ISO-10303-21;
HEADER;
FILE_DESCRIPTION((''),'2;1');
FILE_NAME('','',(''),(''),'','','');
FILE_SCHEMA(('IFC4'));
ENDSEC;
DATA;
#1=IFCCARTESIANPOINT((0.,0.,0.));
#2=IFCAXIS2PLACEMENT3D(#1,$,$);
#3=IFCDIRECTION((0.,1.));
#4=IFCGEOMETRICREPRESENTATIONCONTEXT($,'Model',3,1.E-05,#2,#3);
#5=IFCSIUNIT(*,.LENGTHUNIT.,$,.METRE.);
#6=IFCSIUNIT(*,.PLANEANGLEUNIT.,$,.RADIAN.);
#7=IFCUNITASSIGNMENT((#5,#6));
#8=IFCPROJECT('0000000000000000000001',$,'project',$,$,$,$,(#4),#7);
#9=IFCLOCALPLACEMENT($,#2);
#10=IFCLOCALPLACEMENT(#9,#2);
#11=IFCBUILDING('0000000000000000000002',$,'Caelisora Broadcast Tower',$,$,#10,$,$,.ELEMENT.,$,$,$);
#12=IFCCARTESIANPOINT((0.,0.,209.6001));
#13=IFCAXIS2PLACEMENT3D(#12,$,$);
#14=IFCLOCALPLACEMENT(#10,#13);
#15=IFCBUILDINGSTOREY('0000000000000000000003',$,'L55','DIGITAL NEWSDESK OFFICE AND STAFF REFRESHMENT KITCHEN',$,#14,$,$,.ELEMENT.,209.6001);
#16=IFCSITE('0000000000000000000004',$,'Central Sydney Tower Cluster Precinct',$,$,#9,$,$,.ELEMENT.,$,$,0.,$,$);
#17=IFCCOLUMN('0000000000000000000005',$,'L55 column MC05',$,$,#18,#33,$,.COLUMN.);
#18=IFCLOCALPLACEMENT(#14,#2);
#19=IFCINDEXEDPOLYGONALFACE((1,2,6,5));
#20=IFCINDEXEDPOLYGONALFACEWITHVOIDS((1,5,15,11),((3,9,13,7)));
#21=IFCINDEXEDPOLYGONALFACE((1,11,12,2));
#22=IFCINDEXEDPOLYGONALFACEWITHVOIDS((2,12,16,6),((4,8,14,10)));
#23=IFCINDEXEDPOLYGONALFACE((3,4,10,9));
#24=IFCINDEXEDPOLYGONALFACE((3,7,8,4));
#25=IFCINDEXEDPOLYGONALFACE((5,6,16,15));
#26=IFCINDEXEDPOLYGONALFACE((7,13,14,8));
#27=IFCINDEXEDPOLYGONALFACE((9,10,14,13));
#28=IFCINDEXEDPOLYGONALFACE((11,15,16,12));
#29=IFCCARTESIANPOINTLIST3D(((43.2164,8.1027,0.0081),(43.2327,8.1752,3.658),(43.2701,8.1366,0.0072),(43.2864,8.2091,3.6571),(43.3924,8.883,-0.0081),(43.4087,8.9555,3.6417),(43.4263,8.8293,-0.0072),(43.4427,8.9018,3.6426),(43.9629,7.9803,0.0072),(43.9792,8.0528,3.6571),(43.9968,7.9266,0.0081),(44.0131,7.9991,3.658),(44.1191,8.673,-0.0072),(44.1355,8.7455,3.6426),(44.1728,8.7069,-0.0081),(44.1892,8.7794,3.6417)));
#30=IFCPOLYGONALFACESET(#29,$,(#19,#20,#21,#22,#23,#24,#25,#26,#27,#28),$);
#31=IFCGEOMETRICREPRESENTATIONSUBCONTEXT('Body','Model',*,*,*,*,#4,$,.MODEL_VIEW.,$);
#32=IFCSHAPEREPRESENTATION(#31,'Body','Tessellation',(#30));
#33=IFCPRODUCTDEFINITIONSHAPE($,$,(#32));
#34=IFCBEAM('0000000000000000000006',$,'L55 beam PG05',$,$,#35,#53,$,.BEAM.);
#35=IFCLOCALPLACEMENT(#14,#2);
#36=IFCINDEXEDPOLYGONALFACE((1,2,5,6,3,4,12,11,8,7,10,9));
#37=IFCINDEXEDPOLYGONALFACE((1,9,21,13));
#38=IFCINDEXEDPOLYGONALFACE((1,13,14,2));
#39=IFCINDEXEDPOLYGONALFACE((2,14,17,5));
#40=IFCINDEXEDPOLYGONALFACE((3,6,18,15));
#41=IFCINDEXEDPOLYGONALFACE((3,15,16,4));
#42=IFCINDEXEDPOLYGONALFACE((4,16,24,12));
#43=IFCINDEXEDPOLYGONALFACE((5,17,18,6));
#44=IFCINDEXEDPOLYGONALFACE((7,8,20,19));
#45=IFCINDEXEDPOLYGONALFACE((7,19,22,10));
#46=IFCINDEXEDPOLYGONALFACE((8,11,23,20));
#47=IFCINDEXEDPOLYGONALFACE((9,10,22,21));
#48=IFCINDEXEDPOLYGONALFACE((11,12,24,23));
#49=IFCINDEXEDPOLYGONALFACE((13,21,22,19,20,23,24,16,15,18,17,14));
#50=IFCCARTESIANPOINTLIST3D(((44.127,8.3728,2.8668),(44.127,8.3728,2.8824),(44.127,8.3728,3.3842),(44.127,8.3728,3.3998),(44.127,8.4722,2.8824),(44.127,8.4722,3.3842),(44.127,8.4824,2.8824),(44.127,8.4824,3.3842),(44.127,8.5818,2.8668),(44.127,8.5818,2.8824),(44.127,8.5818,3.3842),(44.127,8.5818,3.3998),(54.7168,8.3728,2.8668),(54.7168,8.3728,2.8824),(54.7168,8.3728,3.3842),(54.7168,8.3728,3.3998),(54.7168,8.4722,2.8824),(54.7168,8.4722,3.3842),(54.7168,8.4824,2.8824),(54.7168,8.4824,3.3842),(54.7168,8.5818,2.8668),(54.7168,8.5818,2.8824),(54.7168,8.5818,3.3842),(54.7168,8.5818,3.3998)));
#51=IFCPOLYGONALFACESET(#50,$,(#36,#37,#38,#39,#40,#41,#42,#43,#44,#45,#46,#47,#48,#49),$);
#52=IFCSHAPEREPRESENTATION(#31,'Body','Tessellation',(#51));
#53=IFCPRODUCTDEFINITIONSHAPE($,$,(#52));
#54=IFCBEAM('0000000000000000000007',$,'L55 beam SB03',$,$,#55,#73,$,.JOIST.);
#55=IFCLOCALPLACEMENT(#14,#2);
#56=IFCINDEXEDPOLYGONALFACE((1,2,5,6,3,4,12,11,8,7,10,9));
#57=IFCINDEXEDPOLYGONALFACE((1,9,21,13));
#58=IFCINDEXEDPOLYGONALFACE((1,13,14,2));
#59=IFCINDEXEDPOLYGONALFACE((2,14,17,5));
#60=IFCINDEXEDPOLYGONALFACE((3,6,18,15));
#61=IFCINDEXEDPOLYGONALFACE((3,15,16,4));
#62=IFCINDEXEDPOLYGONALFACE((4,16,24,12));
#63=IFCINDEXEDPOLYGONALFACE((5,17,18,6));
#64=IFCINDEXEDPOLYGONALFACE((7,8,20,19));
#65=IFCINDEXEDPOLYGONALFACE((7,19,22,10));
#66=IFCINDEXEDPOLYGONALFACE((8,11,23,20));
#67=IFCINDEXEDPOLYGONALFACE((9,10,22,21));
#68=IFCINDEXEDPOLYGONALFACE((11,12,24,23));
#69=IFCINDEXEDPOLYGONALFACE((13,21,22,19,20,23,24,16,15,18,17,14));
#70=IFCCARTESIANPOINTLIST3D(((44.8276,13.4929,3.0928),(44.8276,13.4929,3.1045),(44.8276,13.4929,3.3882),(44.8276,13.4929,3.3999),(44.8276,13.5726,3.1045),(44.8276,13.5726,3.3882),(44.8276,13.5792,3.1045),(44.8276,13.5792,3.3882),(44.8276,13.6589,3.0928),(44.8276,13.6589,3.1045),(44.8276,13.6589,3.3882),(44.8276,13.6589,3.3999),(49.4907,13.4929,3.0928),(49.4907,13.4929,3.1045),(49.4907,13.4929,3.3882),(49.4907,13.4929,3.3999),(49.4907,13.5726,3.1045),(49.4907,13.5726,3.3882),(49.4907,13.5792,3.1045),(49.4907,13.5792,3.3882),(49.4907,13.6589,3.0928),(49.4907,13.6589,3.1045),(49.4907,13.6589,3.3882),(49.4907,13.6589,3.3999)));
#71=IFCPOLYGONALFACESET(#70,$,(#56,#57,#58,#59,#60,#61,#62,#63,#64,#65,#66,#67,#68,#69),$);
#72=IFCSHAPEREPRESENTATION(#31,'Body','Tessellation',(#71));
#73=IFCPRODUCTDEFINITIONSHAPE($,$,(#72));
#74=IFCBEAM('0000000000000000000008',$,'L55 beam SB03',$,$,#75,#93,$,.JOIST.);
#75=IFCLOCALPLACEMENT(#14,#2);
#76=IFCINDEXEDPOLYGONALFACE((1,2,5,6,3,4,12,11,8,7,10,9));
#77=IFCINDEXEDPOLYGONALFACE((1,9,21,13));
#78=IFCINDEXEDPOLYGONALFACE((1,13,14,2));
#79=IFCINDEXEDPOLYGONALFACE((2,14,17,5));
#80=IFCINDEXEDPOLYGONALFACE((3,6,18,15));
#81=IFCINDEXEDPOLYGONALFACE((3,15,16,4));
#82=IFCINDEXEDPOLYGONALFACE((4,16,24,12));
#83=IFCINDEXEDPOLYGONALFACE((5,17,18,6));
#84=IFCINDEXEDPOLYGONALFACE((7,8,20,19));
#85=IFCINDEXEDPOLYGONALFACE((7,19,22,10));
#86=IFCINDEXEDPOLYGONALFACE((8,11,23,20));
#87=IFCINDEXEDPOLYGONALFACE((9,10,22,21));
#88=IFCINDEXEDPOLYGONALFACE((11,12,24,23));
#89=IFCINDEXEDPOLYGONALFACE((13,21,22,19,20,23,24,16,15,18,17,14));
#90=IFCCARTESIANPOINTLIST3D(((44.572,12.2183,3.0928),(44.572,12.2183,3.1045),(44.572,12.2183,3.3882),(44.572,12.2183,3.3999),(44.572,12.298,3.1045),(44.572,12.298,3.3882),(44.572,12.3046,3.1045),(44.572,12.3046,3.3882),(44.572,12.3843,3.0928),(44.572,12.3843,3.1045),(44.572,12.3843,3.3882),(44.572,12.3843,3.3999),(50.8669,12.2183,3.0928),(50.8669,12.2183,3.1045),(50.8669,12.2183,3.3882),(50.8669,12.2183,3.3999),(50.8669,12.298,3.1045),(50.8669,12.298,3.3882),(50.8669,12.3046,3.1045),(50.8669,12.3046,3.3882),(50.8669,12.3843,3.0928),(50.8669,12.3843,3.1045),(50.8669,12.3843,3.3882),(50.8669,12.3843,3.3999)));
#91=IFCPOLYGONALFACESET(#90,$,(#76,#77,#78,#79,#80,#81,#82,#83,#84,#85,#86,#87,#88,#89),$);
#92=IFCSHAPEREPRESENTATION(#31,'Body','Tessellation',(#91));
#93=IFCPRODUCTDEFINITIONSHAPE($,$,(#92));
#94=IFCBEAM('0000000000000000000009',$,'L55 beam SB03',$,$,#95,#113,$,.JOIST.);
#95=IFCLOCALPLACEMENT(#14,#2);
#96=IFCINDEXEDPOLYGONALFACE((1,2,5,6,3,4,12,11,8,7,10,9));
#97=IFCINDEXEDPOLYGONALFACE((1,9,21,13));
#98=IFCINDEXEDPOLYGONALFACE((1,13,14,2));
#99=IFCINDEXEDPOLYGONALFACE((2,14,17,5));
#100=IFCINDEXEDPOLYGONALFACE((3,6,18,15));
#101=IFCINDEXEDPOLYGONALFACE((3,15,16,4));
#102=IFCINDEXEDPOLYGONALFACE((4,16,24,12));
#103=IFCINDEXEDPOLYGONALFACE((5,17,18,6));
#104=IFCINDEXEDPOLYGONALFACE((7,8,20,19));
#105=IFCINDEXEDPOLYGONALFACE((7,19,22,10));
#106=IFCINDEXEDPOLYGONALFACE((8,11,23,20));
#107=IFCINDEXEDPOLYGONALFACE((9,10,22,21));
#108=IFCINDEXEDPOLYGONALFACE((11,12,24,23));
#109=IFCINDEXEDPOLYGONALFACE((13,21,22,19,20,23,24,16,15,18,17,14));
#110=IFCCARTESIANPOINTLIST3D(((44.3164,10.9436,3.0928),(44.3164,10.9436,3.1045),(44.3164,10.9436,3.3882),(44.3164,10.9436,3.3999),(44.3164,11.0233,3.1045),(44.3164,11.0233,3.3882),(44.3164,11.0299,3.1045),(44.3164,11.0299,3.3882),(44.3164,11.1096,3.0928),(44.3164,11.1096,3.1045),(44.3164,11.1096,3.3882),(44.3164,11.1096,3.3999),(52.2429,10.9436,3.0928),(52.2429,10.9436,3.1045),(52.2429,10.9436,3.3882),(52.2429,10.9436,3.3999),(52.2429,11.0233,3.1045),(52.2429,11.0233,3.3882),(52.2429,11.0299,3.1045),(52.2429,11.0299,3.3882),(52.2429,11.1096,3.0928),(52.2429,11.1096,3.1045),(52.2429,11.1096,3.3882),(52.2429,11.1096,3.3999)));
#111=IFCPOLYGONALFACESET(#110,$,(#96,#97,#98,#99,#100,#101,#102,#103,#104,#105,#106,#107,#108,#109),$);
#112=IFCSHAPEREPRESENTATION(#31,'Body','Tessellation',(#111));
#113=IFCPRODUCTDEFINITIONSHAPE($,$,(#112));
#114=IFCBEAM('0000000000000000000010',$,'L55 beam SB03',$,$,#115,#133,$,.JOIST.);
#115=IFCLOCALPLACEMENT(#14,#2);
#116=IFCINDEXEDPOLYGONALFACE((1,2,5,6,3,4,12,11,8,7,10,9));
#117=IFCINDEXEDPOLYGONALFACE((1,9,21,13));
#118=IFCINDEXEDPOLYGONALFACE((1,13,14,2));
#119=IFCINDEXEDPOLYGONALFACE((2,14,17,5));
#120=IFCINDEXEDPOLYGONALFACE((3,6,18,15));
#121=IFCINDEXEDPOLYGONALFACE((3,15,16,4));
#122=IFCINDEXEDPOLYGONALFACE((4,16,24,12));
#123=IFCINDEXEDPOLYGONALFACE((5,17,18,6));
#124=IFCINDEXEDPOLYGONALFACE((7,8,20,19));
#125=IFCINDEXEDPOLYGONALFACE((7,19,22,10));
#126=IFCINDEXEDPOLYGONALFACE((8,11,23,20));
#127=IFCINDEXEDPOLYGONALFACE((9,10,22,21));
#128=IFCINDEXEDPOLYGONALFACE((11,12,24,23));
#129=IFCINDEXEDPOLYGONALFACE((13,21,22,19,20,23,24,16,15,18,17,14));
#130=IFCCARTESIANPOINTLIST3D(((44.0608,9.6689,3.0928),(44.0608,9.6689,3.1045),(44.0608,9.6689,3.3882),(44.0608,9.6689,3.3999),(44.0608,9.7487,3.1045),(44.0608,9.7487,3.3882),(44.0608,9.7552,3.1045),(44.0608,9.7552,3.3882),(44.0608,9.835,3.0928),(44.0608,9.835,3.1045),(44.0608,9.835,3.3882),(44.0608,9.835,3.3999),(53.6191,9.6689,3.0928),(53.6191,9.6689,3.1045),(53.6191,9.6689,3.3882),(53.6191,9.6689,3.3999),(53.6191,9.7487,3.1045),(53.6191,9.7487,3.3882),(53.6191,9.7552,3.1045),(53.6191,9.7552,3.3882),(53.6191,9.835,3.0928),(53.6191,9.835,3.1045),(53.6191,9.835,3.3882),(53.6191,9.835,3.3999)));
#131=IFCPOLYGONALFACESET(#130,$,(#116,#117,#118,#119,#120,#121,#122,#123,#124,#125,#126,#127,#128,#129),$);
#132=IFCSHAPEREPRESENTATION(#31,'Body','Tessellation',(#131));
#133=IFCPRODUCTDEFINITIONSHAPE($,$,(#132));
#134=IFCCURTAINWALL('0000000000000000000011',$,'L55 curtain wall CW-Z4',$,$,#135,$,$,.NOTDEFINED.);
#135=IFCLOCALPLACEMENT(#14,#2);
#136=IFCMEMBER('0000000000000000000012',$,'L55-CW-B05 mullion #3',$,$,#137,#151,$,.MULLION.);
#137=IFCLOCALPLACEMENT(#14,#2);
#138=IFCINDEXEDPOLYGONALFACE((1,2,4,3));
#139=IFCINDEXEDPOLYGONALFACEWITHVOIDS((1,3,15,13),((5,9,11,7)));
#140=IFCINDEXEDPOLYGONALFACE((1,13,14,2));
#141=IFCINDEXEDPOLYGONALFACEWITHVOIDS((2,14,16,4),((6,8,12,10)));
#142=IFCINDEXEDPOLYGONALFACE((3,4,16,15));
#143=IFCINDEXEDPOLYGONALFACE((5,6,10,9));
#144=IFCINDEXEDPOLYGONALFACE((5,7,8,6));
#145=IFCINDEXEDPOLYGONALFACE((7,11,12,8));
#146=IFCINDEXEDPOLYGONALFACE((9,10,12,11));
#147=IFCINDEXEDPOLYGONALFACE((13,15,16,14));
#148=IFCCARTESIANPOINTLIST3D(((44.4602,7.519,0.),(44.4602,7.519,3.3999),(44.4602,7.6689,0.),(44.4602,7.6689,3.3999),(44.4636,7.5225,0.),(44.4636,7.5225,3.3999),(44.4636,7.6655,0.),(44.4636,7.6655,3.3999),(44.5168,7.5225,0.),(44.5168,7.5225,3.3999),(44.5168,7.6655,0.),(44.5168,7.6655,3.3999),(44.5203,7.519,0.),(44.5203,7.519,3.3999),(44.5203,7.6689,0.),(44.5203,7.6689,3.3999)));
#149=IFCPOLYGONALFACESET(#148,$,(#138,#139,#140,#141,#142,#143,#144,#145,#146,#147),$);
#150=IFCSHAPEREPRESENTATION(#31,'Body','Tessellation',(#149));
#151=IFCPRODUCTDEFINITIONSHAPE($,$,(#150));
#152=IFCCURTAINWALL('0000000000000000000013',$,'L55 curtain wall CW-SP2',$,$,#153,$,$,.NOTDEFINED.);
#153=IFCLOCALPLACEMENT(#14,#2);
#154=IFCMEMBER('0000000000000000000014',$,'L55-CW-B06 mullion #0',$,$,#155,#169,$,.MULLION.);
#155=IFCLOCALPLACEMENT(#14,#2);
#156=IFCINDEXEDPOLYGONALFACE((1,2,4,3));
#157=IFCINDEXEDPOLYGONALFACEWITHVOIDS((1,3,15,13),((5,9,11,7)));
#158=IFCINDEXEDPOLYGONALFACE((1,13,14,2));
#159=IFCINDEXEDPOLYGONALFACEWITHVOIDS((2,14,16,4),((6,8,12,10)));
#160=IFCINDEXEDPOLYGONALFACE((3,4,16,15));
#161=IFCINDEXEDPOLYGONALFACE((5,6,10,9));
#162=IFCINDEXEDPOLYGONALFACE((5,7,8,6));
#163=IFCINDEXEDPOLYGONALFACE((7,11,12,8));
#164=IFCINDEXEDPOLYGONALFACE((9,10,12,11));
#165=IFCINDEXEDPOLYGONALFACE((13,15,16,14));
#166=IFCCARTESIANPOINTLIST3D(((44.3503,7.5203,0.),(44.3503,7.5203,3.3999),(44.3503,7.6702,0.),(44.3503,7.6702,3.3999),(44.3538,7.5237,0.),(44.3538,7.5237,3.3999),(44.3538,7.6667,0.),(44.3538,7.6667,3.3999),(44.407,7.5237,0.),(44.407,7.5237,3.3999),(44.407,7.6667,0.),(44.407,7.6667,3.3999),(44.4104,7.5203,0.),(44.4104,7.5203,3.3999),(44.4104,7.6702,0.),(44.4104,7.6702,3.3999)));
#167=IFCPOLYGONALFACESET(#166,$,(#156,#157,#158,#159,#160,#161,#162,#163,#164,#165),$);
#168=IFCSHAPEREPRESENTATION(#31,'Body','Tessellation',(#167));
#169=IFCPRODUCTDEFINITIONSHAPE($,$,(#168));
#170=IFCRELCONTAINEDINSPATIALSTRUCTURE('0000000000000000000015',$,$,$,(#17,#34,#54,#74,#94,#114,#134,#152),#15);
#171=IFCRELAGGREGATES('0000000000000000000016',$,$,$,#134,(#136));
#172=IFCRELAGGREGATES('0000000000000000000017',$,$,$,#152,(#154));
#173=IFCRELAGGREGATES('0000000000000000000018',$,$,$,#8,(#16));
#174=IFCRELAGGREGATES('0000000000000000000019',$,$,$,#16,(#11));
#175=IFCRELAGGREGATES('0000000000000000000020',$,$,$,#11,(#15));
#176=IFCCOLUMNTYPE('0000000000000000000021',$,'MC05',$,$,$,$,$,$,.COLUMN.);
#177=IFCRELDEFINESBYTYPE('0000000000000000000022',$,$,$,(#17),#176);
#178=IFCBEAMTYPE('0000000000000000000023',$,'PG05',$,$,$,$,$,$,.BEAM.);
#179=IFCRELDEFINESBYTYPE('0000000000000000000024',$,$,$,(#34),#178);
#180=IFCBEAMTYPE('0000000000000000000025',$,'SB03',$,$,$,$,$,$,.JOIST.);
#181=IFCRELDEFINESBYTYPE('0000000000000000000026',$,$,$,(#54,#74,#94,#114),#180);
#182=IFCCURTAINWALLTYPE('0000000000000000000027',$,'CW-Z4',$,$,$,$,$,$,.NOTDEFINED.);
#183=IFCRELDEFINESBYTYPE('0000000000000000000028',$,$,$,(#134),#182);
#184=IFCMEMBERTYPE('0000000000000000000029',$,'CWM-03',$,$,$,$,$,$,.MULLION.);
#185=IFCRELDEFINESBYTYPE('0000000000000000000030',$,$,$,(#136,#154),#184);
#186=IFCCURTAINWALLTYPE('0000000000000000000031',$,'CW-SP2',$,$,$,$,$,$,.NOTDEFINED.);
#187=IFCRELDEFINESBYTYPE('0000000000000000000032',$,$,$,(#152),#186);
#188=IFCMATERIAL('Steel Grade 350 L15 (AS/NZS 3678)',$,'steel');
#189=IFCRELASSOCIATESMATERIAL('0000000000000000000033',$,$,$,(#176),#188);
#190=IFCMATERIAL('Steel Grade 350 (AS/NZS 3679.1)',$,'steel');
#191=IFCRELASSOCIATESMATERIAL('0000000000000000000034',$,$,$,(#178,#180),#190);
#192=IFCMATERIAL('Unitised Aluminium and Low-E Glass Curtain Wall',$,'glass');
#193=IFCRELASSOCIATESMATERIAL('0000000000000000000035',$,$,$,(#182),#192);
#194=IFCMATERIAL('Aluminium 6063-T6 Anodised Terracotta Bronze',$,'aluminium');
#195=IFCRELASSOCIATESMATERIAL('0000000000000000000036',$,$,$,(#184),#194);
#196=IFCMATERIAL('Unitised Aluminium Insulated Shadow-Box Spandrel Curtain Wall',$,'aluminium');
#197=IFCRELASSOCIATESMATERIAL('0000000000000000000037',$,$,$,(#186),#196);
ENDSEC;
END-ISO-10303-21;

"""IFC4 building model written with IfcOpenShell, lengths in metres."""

from ifc_helpers import new_model, si_unit, direction, frame, origin, origin_2d, place, context, subcontext, project, spatial, hollow_rectangle, i_section, extrude, source, transform, mapped, material, material_profile, profile_set, type_object, type_shapes, element, aggregate, save


model = new_model("IFC4")

# Units and contexts
model_context = context("Model", 3, precision=1e-05, world=origin(), true_north=direction((0.0, 1.0)))
body_context = subcontext(model_context, "Body", "Model", "MODEL_VIEW")
ifc_project = project(units=[si_unit("LENGTHUNIT", "METRE"), si_unit("PLANEANGLEUNIT", "RADIAN")], contexts=[model_context])

# Site, building, storey
site_placement = place(None, origin())
site = spatial("IfcSite", under=ifc_project, at=site_placement, Name="Central Sydney Tower Cluster Precinct", CompositionType="ELEMENT", RefElevation=0.0)
building_placement = place(site_placement, origin())
building = spatial("IfcBuilding", under=site, at=building_placement, Name="Caelisora Broadcast Tower", CompositionType="ELEMENT")
storey_placement = place(building_placement, frame((0.0, 0.0, 209.6001)))
storey = spatial("IfcBuildingStorey", under=building, at=storey_placement, Name="L55", Description="DIGITAL NEWSDESK OFFICE AND STAFF REFRESHMENT KITCHEN", CompositionType="ELEMENT", Elevation=209.6001)

# Column
ifc_material_1 = material(Name="Steel Grade 350 L15 (AS/NZS 3678)", Category="steel")
ifc_material_profile_1 = material_profile(ifc_material_1, hollow_rectangle(XDim=0.8, YDim=0.8, WallThickness=0.0449, at=origin_2d()), Name="Steel Grade 350 L15 (AS/NZS 3678)")
ifc_profile_set_1 = profile_set([ifc_material_profile_1], Name="Steel Grade 350 L15 (AS/NZS 3678)")
column_type = type_object("IfcColumnType", Name="MC05", PredefinedType="COLUMN", material=ifc_profile_set_1)
shared_shape_1 = source(origin(), body_context, "Body", "SweptSolid", [
    extrude(hollow_rectangle(XDim=0.8, YDim=0.8, WallThickness=0.0449, at=origin_2d()), origin(), (0.0, 0.0, 1.0), 3.6506),
])
type_shapes(column_type, [shared_shape_1])
column_placement = place(storey_placement, frame((43.6946, 8.4048, 0.0), z_axis=(0.004481, 0.019862, 0.999793), x_axis=(-0.975487, 0.220059, 0.0)))
element("IfcColumn", 1, at=column_placement, inside=storey, type_object=column_type, Name="L55 column MC05", PredefinedType="COLUMN", context=body_context, shape_type="MappedRepresentation", body=[
    mapped(shared_shape_1, transform((0.0, 0.0, 0.0), scale=1.0)),
])

# Beams
ifc_material_2 = material(Name="Steel Grade 350 (AS/NZS 3679.1)", Category="steel")
ifc_material_profile_2 = material_profile(ifc_material_2, i_section(OverallWidth=0.209, OverallDepth=0.533, WebThickness=0.0103, FlangeThickness=0.0156, at=origin_2d()), Name="Steel Grade 350 (AS/NZS 3679.1)")
ifc_profile_set_2 = profile_set([ifc_material_profile_2], Name="Steel Grade 350 (AS/NZS 3679.1)")
beam_type_1 = type_object("IfcBeamType", Name="PG05", PredefinedType="BEAM", material=ifc_profile_set_2)
shared_shape_2 = source(origin(), body_context, "Body", "SweptSolid", [
    extrude(i_section(OverallWidth=0.209, OverallDepth=0.533, WebThickness=0.0103, FlangeThickness=0.0156, at=origin_2d()), origin(), (0.0, 0.0, 1.0), 10.5898),
])
type_shapes(beam_type_1, [shared_shape_2])
beam_1_placement = place(storey_placement, frame((44.127, 8.4773, 3.1333), z_axis=(1.0, 0.0, 0.0), x_axis=(0.0, 1.0, 0.0)))
element("IfcBeam", 2, at=beam_1_placement, inside=storey, type_object=beam_type_1, Name="L55 beam PG05", PredefinedType="BEAM", context=body_context, shape_type="MappedRepresentation", body=[
    mapped(shared_shape_2, transform((0.0, 0.0, 0.0), scale=1.0)),
])
ifc_material_profile_3 = material_profile(ifc_material_2, i_section(OverallWidth=0.166, OverallDepth=0.3071, WebThickness=0.0066, FlangeThickness=0.0117, at=origin_2d()), Name="Steel Grade 350 (AS/NZS 3679.1)")
ifc_profile_set_3 = profile_set([ifc_material_profile_3], Name="Steel Grade 350 (AS/NZS 3679.1)")
beam_type_2 = type_object("IfcBeamType", Name="SB03", PredefinedType="JOIST", material=ifc_profile_set_3)
shared_shape_3 = source(origin(), body_context, "Body", "SweptSolid", [
    extrude(i_section(OverallWidth=0.166, OverallDepth=0.3071, WebThickness=0.0066, FlangeThickness=0.0117, at=origin_2d()), origin(), (0.0, 0.0, 1.0), 4.6631),
])
beam_2_placement = place(storey_placement, frame((44.8276, 13.5759, 3.2463), z_axis=(1.0, 0.0, 0.0), x_axis=(0.0, 1.0, 0.0)))
element("IfcBeam", 3, at=beam_2_placement, inside=storey, type_object=beam_type_2, Name="L55 beam SB03", PredefinedType="JOIST", context=body_context, shape_type="MappedRepresentation", body=[
    mapped(shared_shape_3, transform((0.0, 0.0, 0.0), scale=1.0)),
])
shared_shape_4 = source(origin(), body_context, "Body", "SweptSolid", [
    extrude(i_section(OverallWidth=0.166, OverallDepth=0.3071, WebThickness=0.0066, FlangeThickness=0.0117, at=origin_2d()), origin(), (0.0, 0.0, 1.0), 6.2949),
])
beam_3_placement = place(storey_placement, frame((44.572, 12.3013, 3.2463), z_axis=(1.0, 0.0, 0.0), x_axis=(0.0, 1.0, 0.0)))
element("IfcBeam", 4, at=beam_3_placement, inside=storey, type_object=beam_type_2, Name="L55 beam SB03", PredefinedType="JOIST", context=body_context, shape_type="MappedRepresentation", body=[
    mapped(shared_shape_4, transform((0.0, 0.0, 0.0), scale=1.0)),
])
shared_shape_5 = source(origin(), body_context, "Body", "SweptSolid", [
    extrude(i_section(OverallWidth=0.166, OverallDepth=0.3071, WebThickness=0.0066, FlangeThickness=0.0117, at=origin_2d()), origin(), (0.0, 0.0, 1.0), 7.9265),
])
beam_4_placement = place(storey_placement, frame((44.3164, 11.0266, 3.2463), z_axis=(1.0, 0.0, 0.0), x_axis=(0.0, 1.0, 0.0)))
element("IfcBeam", 5, at=beam_4_placement, inside=storey, type_object=beam_type_2, Name="L55 beam SB03", PredefinedType="JOIST", context=body_context, shape_type="MappedRepresentation", body=[
    mapped(shared_shape_5, transform((0.0, 0.0, 0.0), scale=1.0)),
])
shared_shape_6 = source(origin(), body_context, "Body", "SweptSolid", [
    extrude(i_section(OverallWidth=0.166, OverallDepth=0.3071, WebThickness=0.0066, FlangeThickness=0.0117, at=origin_2d()), origin(), (0.0, 0.0, 1.0), 9.5583),
])
type_shapes(beam_type_2, [shared_shape_3, shared_shape_4, shared_shape_5, shared_shape_6])
beam_5_placement = place(storey_placement, frame((44.0608, 9.752, 3.2463), z_axis=(1.0, 0.0, 0.0), x_axis=(0.0, 1.0, 0.0)))
element("IfcBeam", 6, at=beam_5_placement, inside=storey, type_object=beam_type_2, Name="L55 beam SB03", PredefinedType="JOIST", context=body_context, shape_type="MappedRepresentation", body=[
    mapped(shared_shape_6, transform((0.0, 0.0, 0.0), scale=1.0)),
])

# Curtain wall, member
ifc_material_3 = material(Name="Unitised Aluminium and Low-E Glass Curtain Wall", Category="glass")
curtain_wall_type_1 = type_object("IfcCurtainWallType", Name="CW-Z4", PredefinedType="NOTDEFINED", material=ifc_material_3)
curtain_wall_1_placement = place(storey_placement, origin())
curtain_wall_1 = element("IfcCurtainWall", 7, at=curtain_wall_1_placement, inside=storey, type_object=curtain_wall_type_1, Name="L55 curtain wall CW-Z4", PredefinedType="NOTDEFINED")
ifc_material_4 = material(Name="Aluminium 6063-T6 Anodised Terracotta Bronze", Category="aluminium")
ifc_material_profile_4 = material_profile(ifc_material_4, hollow_rectangle(XDim=0.0601, YDim=0.1499, WallThickness=0.0034, at=origin_2d()), Name="Aluminium 6063-T6 Anodised Terracotta Bronze")
ifc_profile_set_4 = profile_set([ifc_material_profile_4], Name="Aluminium 6063-T6 Anodised Terracotta Bronze")
member_type_1 = type_object("IfcMemberType", Name="CWM-03", PredefinedType="MULLION", material=ifc_profile_set_4)
shared_shape_7 = source(origin(), body_context, "Body", "SweptSolid", [
    extrude(hollow_rectangle(XDim=0.0601, YDim=0.1499, WallThickness=0.0034, at=origin_2d()), origin(), (0.0, 0.0, 1.0), 3.3999),
])
type_shapes(member_type_1, [shared_shape_7])
member_1_placement = place(storey_placement, frame((44.4902, 7.594, 0.0), z_axis=(0.0, 0.0, 1.0), x_axis=(1.0, 0.0, 0.0)))
member_1 = element("IfcMember", 8, at=member_1_placement, type_object=member_type_1, Name="L55-CW-B05 mullion #3", PredefinedType="MULLION", context=body_context, shape_type="MappedRepresentation", body=[
    mapped(shared_shape_7, transform((0.0, 0.0, 0.0), scale=1.0)),
])
aggregate(curtain_wall_1, [member_1])

# Curtain wall, member
ifc_material_5 = material(Name="Unitised Aluminium Insulated Shadow-Box Spandrel Curtain Wall", Category="aluminium")
curtain_wall_type_2 = type_object("IfcCurtainWallType", Name="CW-SP2", PredefinedType="NOTDEFINED", material=ifc_material_5)
curtain_wall_2_placement = place(storey_placement, origin())
curtain_wall_2 = element("IfcCurtainWall", 9, at=curtain_wall_2_placement, inside=storey, type_object=curtain_wall_type_2, Name="L55 curtain wall CW-SP2", PredefinedType="NOTDEFINED")
member_2_placement = place(storey_placement, frame((44.3804, 7.5952, 0.0), z_axis=(0.0, 0.0, 1.0), x_axis=(1.0, 0.0, 0.0)))
member_2 = element("IfcMember", 10, at=member_2_placement, type_object=member_type_1, Name="L55-CW-B06 mullion #0", PredefinedType="MULLION", context=body_context, shape_type="MappedRepresentation", body=[
    mapped(shared_shape_7, transform((0.0, 0.0, 0.0), scale=1.0)),
])

aggregate(curtain_wall_2, [member_2])

save(model, "model.ifc")
